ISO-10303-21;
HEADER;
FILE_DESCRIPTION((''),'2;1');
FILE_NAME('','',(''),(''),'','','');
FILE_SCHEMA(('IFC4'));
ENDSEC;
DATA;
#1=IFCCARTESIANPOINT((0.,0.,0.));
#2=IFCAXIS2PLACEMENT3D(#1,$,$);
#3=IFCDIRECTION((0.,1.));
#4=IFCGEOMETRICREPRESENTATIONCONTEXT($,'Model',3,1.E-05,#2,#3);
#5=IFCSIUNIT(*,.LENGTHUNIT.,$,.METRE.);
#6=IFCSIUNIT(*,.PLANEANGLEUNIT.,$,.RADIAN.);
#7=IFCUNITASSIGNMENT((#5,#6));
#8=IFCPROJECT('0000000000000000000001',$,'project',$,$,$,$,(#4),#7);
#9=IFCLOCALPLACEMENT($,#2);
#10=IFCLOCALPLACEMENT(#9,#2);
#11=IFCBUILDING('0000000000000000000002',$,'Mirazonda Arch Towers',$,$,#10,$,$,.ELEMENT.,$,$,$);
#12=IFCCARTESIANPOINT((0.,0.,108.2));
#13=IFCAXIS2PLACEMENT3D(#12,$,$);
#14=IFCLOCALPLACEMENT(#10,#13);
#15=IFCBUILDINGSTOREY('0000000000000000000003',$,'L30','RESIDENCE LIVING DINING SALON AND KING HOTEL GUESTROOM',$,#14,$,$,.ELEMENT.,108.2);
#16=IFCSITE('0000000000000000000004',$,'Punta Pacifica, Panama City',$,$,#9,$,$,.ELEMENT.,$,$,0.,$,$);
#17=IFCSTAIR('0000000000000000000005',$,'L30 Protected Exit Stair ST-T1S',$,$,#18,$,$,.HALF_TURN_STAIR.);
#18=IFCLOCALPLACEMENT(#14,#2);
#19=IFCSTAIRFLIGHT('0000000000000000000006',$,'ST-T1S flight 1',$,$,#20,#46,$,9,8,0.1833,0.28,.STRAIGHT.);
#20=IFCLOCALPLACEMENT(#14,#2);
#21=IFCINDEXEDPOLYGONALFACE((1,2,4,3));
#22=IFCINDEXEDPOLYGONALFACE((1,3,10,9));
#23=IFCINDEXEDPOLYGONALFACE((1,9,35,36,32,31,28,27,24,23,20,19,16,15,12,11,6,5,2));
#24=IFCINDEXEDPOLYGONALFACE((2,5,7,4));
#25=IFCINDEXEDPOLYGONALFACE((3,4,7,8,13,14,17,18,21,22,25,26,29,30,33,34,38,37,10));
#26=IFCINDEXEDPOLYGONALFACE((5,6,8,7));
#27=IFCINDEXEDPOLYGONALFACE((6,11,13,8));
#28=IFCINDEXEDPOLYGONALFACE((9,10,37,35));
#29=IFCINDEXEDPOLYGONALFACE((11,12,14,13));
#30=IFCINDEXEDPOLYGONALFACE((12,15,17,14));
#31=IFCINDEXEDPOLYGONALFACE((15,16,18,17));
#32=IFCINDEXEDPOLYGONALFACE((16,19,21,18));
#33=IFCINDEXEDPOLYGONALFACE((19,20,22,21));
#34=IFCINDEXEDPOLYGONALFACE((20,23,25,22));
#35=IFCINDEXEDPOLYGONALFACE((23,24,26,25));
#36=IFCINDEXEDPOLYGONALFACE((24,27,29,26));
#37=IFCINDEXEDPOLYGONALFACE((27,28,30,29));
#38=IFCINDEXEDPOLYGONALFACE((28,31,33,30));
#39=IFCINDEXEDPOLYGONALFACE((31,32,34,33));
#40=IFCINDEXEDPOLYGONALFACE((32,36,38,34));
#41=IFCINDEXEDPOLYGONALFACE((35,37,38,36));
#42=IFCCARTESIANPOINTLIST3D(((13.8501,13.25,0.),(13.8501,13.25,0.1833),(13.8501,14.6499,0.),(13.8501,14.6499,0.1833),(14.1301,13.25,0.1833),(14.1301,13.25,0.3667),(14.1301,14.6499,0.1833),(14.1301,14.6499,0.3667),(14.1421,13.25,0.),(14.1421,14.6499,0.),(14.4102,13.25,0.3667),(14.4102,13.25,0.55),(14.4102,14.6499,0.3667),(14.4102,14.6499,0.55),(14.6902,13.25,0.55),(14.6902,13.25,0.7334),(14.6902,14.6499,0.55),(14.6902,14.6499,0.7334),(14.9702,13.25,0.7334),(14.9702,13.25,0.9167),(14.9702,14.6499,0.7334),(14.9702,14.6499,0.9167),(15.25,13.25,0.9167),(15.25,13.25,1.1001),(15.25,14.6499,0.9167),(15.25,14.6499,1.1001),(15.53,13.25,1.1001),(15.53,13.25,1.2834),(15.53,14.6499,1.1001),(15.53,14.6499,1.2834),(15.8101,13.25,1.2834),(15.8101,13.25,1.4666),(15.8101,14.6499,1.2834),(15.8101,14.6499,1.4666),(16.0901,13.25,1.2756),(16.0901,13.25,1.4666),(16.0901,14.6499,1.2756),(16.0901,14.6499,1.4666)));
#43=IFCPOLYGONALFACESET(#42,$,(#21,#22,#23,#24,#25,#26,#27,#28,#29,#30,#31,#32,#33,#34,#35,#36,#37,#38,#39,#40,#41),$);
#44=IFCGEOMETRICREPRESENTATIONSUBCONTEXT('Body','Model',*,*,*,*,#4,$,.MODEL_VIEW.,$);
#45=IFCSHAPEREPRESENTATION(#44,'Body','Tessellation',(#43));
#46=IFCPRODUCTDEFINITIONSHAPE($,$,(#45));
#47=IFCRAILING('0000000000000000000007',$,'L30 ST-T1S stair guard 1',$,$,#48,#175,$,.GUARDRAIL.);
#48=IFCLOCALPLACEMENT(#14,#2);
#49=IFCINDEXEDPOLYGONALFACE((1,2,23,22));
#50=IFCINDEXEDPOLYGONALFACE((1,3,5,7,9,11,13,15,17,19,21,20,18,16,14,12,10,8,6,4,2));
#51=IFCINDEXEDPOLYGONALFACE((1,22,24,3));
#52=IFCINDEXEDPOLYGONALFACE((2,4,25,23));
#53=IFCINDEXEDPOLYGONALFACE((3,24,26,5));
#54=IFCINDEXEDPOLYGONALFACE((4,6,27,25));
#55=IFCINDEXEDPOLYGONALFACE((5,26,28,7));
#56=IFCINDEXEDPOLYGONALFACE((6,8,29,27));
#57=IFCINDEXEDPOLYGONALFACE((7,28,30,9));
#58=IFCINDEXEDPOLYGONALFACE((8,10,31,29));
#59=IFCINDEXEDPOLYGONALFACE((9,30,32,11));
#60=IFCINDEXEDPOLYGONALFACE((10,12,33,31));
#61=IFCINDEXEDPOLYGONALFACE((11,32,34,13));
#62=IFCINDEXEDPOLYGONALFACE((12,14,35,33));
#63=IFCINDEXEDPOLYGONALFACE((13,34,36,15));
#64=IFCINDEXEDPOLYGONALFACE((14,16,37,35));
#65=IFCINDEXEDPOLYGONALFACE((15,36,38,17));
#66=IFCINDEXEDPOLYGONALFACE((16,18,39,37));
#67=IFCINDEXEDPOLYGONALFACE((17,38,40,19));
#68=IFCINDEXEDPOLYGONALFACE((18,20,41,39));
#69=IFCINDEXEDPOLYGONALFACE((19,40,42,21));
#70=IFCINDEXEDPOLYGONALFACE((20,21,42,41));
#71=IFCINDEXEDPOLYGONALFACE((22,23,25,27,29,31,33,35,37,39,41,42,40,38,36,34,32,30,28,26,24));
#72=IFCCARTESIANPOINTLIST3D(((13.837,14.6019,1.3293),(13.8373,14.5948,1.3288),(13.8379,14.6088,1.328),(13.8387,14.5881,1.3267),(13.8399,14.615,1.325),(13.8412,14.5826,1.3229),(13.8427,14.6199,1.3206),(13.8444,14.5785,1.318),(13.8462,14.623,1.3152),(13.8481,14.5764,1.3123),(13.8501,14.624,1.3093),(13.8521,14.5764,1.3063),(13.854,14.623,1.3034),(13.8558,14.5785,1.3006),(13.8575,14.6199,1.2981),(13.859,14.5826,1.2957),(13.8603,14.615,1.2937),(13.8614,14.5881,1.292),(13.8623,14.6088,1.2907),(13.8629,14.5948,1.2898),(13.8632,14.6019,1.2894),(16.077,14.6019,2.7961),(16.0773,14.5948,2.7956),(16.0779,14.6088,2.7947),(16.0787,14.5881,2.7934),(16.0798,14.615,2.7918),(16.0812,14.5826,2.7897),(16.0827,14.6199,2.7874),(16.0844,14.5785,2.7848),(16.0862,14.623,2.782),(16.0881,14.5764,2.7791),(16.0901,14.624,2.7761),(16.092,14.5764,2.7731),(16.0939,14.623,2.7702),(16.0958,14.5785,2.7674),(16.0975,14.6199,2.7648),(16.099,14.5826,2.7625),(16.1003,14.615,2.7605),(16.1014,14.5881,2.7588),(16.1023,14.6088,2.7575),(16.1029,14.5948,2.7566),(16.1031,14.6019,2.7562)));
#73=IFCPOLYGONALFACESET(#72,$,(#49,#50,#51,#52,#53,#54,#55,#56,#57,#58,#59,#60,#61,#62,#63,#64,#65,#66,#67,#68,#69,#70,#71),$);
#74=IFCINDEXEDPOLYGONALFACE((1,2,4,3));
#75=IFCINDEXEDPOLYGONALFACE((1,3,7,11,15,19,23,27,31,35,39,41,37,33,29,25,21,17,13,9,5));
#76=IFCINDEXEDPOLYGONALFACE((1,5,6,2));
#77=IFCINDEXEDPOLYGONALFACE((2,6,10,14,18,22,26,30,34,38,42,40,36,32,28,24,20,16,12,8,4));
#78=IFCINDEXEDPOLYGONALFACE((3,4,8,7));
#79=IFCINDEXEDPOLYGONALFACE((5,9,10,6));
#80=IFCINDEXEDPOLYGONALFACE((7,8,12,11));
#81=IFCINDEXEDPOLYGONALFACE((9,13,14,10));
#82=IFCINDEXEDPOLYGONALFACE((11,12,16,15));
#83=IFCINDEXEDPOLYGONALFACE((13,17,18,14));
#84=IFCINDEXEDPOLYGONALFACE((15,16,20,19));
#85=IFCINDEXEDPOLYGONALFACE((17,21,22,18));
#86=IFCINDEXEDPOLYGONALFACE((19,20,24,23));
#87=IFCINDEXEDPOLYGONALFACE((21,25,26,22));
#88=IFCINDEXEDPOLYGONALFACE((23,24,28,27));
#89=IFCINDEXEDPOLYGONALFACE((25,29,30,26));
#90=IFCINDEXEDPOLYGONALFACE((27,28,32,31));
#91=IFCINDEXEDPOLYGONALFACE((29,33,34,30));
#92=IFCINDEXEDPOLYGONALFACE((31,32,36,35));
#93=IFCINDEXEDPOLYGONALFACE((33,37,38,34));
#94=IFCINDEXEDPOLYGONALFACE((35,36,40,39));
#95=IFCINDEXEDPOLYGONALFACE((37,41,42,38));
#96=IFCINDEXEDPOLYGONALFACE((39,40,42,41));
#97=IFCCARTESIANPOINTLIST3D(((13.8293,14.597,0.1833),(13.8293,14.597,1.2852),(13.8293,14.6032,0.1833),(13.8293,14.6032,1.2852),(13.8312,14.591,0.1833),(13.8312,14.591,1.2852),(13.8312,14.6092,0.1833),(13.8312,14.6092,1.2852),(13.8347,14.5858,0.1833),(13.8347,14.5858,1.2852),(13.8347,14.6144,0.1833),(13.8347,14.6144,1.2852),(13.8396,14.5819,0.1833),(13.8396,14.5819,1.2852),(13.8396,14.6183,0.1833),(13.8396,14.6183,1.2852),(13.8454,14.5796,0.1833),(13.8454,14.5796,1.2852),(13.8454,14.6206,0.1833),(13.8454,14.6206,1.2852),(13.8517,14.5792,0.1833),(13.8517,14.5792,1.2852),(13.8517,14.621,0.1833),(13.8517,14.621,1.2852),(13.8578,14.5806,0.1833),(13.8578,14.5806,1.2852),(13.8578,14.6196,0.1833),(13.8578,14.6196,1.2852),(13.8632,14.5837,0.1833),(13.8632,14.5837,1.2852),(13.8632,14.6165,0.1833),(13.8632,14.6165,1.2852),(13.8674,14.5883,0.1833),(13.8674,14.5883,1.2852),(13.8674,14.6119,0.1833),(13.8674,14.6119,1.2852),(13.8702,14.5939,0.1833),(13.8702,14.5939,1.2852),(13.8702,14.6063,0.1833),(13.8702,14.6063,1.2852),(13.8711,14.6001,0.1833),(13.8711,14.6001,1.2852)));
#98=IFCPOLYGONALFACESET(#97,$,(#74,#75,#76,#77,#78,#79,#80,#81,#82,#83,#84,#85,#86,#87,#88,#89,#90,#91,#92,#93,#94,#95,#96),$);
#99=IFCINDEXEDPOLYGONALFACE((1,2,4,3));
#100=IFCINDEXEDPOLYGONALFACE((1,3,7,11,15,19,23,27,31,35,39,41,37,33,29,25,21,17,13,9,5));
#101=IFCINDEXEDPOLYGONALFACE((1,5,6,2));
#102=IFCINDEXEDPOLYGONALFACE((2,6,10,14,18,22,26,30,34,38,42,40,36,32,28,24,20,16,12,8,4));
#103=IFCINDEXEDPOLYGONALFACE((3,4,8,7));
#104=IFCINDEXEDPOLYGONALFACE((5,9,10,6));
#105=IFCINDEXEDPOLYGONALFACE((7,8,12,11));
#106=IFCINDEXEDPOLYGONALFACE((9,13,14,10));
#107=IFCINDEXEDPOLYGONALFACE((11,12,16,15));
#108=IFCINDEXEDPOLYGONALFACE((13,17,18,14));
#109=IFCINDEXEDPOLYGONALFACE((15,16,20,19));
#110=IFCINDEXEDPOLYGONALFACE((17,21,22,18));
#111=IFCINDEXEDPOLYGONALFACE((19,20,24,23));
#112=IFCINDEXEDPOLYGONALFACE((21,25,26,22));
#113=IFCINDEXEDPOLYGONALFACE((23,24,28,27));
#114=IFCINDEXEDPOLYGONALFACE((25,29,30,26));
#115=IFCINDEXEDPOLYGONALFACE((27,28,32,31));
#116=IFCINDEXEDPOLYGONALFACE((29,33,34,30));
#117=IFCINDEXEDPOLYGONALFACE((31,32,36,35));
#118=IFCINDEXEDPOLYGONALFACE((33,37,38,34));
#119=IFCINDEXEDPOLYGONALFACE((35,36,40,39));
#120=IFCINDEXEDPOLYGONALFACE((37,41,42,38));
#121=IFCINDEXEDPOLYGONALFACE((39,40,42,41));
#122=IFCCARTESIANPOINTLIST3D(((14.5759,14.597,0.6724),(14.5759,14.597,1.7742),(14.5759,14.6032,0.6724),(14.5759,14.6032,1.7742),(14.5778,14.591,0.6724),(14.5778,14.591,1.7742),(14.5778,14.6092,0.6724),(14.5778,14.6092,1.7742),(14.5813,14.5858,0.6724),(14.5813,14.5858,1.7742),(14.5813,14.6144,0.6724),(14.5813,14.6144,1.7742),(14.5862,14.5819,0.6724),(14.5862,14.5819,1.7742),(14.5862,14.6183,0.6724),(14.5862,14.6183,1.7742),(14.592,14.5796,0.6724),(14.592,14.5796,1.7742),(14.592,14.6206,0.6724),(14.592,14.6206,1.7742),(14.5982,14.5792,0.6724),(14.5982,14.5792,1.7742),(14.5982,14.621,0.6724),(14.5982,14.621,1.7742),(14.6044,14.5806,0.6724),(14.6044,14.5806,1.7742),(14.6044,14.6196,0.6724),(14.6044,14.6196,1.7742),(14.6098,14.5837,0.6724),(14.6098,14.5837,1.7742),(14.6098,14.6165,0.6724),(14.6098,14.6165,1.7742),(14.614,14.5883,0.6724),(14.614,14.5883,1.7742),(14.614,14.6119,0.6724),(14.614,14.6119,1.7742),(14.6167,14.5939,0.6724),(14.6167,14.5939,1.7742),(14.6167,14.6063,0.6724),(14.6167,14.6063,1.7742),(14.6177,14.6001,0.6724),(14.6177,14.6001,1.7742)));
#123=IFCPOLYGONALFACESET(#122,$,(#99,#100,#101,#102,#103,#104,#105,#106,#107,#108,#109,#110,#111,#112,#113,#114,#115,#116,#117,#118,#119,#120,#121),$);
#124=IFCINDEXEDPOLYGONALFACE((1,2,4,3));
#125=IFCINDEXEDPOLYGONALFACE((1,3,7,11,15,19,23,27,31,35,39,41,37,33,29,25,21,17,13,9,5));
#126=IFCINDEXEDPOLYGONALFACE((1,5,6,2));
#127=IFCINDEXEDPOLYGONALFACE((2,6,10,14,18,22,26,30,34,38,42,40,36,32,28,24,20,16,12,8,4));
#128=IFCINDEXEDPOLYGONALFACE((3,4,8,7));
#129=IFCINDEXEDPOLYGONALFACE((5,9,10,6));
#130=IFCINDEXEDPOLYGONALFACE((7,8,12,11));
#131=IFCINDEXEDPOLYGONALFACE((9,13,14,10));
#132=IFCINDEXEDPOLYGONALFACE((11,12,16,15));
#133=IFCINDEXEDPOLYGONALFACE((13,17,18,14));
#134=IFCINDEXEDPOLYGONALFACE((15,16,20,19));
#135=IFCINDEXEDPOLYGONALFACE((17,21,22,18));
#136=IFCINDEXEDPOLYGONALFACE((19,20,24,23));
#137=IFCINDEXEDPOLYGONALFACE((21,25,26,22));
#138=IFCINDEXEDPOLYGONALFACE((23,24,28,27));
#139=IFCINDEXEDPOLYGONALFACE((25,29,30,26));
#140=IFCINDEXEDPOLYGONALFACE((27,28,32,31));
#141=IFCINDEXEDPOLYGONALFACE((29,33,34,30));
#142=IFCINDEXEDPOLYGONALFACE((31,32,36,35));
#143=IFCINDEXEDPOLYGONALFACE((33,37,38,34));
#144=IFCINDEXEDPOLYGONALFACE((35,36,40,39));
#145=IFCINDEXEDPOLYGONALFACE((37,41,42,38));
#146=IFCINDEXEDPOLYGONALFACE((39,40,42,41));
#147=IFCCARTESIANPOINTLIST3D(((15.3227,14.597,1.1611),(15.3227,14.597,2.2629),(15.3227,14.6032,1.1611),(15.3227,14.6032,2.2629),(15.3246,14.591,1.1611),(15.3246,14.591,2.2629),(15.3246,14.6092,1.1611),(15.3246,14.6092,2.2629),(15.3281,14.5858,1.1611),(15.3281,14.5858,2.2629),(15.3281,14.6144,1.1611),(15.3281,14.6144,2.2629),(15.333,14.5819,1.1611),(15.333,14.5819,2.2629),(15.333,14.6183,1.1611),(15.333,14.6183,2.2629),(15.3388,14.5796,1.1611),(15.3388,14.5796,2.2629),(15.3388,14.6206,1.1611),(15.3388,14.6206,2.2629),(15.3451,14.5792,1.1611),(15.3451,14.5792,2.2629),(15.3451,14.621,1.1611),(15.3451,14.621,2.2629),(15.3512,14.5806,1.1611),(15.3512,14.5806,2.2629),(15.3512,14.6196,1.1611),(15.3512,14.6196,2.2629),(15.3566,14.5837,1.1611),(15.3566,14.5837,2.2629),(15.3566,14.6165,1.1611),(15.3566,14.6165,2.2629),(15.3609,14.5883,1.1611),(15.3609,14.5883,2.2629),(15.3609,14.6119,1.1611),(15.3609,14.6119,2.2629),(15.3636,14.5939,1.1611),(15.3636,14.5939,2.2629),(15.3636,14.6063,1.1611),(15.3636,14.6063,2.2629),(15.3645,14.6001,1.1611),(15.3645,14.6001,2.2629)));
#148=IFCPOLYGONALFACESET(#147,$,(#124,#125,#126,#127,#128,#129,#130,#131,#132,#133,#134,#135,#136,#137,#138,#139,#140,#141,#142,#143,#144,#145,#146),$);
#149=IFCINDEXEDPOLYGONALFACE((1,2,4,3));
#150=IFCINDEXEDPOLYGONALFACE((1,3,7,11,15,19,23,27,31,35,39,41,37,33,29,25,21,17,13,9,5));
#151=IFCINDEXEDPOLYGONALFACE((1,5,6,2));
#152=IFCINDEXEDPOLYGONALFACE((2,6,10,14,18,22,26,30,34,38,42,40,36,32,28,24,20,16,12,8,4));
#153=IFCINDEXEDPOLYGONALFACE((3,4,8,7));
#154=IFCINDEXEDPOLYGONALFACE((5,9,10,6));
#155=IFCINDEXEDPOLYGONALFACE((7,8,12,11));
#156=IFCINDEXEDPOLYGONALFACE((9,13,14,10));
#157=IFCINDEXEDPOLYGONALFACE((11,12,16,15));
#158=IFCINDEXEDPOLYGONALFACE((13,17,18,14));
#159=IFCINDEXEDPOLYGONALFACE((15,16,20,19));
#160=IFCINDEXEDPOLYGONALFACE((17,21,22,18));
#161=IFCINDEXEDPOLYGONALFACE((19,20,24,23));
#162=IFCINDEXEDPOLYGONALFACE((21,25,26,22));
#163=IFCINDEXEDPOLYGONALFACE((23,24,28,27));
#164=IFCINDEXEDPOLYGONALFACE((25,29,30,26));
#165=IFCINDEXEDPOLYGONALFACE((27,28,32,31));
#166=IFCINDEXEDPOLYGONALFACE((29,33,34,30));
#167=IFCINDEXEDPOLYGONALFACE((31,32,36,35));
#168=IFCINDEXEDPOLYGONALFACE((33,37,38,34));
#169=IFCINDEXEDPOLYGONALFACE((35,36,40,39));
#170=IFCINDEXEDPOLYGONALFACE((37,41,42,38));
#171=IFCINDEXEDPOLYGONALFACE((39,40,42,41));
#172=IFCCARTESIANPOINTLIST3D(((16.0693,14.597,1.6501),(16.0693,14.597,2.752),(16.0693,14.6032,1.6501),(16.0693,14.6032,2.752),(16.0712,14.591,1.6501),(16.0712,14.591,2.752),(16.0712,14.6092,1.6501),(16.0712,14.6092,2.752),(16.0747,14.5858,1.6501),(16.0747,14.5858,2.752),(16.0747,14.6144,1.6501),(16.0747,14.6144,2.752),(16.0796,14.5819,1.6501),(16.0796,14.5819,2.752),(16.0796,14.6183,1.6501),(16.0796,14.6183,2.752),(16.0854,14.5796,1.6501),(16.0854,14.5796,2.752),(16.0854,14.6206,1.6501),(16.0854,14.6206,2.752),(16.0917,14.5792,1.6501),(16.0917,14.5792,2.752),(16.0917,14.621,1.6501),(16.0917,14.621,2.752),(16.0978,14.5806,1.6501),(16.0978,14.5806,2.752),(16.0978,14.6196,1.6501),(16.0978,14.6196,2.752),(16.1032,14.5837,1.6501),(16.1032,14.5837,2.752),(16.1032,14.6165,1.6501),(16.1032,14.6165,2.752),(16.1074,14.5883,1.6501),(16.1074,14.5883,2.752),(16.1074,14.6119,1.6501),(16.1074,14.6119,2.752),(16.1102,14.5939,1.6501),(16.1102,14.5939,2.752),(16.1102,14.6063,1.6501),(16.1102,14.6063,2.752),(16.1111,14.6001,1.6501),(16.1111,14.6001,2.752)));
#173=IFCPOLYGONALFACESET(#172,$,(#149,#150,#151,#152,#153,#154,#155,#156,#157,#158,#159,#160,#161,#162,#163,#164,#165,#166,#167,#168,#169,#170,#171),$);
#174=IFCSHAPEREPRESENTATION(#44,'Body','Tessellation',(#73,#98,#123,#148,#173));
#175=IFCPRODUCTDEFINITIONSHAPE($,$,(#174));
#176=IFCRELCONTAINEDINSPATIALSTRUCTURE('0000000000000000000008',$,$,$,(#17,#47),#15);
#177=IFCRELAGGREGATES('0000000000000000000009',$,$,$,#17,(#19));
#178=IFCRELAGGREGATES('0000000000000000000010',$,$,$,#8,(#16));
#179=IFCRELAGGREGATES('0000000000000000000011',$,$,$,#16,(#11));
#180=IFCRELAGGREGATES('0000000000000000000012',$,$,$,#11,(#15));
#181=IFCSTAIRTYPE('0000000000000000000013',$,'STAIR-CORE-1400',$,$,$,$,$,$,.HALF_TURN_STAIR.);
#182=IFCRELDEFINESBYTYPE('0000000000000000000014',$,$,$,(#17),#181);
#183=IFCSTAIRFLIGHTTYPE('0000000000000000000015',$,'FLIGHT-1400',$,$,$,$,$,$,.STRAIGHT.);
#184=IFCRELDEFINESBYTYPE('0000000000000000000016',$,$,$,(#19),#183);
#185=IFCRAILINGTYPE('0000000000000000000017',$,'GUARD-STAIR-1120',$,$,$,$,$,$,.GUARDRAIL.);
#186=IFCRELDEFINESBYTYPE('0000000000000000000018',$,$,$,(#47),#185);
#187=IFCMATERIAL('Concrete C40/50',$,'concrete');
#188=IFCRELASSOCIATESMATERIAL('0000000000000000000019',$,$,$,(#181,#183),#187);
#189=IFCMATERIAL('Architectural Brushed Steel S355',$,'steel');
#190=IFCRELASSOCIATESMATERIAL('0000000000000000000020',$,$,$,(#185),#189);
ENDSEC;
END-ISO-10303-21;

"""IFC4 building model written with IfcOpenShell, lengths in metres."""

from ifc_helpers import new_model, si_unit, direction, frame, origin, origin_2d, place, context, subcontext, project, spatial, polyline, circle, outline, extrude, material, type_object, element, aggregate, save


model = new_model("IFC4")

# Units and contexts
model_context = context("Model", 3, precision=1e-05, world=origin(), true_north=direction((0.0, 1.0)))
body_context = subcontext(model_context, "Body", "Model", "MODEL_VIEW")
ifc_project = project(units=[si_unit("LENGTHUNIT", "METRE"), si_unit("PLANEANGLEUNIT", "RADIAN")], contexts=[model_context])

# Site, building, storey
site_placement = place(None, origin())
site = spatial("IfcSite", under=ifc_project, at=site_placement, Name="Punta Pacifica, Panama City", CompositionType="ELEMENT", RefElevation=0.0)
building_placement = place(site_placement, origin())
building = spatial("IfcBuilding", under=site, at=building_placement, Name="Mirazonda Arch Towers", CompositionType="ELEMENT")
storey_placement = place(building_placement, frame((0.0, 0.0, 108.2)))
storey = spatial("IfcBuildingStorey", under=building, at=storey_placement, Name="L30", Description="RESIDENCE LIVING DINING SALON AND KING HOTEL GUESTROOM", CompositionType="ELEMENT", Elevation=108.2)

# Stair
ifc_material_1 = material(Name="Concrete C40/50", Category="concrete")
stair_type = type_object("IfcStairType", Name="STAIR-CORE-1400", PredefinedType="HALF_TURN_STAIR", material=ifc_material_1)
stair_1_placement = place(storey_placement, origin())
stair_1 = element("IfcStair", 1, at=stair_1_placement, inside=storey, type_object=stair_type, Name="L30 Protected Exit Stair ST-T1S", PredefinedType="HALF_TURN_STAIR")

# Shared definitions
ifc_material_2 = material(Name="Architectural Brushed Steel S355", Category="steel")

# Stair flight
stair_flight_type = type_object("IfcStairFlightType", Name="FLIGHT-1400", PredefinedType="STRAIGHT", material=ifc_material_1)
stair_flight_placement = place(storey_placement, frame((13.8501, 13.95, 0.0), z_axis=(0.0, 0.0, 1.0), x_axis=(1.0, 0.0, 0.0)))
stair_flight = element("IfcStairFlight", 2, at=stair_flight_placement, type_object=stair_flight_type, Name="ST-T1S flight 1", NumberOfRisers=9, NumberOfTreads=8, PredefinedType="STRAIGHT", RiserHeight=0.1833, TreadLength=0.28, context=body_context, shape_type="SweptSolid", body=[
    extrude(outline(polyline([(0.0, 0.0), (0.0, 0.1833), (0.28, 0.1833), (0.28, 0.3667), (0.5601, 0.3667), (0.5601, 0.55), (0.8401, 0.55), (0.8401, 0.7334), (1.1201, 0.7334), (1.1201, 0.9167), (1.3999, 0.9167), (1.3999, 1.1001), (1.6799, 1.1001), (1.6799, 1.2834), (1.96, 1.2834), (1.96, 1.4666), (2.24, 1.4666), (2.24, 1.6499), (2.24, 1.2756), (0.292, 0.0), (0.0, 0.0)])), frame((0.0, 0.7, 0.0), z_axis=(0.0, -1.0, 0.0), x_axis=(1.0, 0.0, 0.0)), (0.0, 0.0, 1.0), 1.3999),
])
aggregate(stair_1, [stair_flight])

# Railing
railing_type_1 = type_object("IfcRailingType", Name="GUARD-STAIR-1120", PredefinedType="GUARDRAIL", material=ifc_material_2)
railing_1_placement = place(storey_placement, frame((13.8501, 14.6001, 0.1833)))
element("IfcRailing", 3, at=railing_1_placement, inside=storey, type_object=railing_type_1, Name="L30 ST-T1S stair guard 1", PredefinedType="GUARDRAIL", context=body_context, shape_type="SweptSolid", body=[
    extrude(circle(Radius=0.0239, at=origin_2d()), frame((0.0, 0.0, 1.126), z_axis=(0.836595, 0.0, 0.547822), x_axis=(0.0, 1.0, 0.0)), (0.0, 0.0, 1.0), 2.6775),
    extrude(circle(Radius=0.021, at=origin_2d()), origin(), (0.0, 0.0, 1.0), 1.1018),
    extrude(circle(Radius=0.021, at=origin_2d()), frame((0.7466, 0.0, 0.489)), (0.0, 0.0, 1.0), 1.1018),
    extrude(circle(Radius=0.021, at=origin_2d()), frame((1.4934, 0.0, 0.9778)), (0.0, 0.0, 1.0), 1.1018),
    extrude(circle(Radius=0.021, at=origin_2d()), frame((2.24, 0.0, 1.4668)), (0.0, 0.0, 1.0), 1.1018),
])

save(model, "model.ifc")
